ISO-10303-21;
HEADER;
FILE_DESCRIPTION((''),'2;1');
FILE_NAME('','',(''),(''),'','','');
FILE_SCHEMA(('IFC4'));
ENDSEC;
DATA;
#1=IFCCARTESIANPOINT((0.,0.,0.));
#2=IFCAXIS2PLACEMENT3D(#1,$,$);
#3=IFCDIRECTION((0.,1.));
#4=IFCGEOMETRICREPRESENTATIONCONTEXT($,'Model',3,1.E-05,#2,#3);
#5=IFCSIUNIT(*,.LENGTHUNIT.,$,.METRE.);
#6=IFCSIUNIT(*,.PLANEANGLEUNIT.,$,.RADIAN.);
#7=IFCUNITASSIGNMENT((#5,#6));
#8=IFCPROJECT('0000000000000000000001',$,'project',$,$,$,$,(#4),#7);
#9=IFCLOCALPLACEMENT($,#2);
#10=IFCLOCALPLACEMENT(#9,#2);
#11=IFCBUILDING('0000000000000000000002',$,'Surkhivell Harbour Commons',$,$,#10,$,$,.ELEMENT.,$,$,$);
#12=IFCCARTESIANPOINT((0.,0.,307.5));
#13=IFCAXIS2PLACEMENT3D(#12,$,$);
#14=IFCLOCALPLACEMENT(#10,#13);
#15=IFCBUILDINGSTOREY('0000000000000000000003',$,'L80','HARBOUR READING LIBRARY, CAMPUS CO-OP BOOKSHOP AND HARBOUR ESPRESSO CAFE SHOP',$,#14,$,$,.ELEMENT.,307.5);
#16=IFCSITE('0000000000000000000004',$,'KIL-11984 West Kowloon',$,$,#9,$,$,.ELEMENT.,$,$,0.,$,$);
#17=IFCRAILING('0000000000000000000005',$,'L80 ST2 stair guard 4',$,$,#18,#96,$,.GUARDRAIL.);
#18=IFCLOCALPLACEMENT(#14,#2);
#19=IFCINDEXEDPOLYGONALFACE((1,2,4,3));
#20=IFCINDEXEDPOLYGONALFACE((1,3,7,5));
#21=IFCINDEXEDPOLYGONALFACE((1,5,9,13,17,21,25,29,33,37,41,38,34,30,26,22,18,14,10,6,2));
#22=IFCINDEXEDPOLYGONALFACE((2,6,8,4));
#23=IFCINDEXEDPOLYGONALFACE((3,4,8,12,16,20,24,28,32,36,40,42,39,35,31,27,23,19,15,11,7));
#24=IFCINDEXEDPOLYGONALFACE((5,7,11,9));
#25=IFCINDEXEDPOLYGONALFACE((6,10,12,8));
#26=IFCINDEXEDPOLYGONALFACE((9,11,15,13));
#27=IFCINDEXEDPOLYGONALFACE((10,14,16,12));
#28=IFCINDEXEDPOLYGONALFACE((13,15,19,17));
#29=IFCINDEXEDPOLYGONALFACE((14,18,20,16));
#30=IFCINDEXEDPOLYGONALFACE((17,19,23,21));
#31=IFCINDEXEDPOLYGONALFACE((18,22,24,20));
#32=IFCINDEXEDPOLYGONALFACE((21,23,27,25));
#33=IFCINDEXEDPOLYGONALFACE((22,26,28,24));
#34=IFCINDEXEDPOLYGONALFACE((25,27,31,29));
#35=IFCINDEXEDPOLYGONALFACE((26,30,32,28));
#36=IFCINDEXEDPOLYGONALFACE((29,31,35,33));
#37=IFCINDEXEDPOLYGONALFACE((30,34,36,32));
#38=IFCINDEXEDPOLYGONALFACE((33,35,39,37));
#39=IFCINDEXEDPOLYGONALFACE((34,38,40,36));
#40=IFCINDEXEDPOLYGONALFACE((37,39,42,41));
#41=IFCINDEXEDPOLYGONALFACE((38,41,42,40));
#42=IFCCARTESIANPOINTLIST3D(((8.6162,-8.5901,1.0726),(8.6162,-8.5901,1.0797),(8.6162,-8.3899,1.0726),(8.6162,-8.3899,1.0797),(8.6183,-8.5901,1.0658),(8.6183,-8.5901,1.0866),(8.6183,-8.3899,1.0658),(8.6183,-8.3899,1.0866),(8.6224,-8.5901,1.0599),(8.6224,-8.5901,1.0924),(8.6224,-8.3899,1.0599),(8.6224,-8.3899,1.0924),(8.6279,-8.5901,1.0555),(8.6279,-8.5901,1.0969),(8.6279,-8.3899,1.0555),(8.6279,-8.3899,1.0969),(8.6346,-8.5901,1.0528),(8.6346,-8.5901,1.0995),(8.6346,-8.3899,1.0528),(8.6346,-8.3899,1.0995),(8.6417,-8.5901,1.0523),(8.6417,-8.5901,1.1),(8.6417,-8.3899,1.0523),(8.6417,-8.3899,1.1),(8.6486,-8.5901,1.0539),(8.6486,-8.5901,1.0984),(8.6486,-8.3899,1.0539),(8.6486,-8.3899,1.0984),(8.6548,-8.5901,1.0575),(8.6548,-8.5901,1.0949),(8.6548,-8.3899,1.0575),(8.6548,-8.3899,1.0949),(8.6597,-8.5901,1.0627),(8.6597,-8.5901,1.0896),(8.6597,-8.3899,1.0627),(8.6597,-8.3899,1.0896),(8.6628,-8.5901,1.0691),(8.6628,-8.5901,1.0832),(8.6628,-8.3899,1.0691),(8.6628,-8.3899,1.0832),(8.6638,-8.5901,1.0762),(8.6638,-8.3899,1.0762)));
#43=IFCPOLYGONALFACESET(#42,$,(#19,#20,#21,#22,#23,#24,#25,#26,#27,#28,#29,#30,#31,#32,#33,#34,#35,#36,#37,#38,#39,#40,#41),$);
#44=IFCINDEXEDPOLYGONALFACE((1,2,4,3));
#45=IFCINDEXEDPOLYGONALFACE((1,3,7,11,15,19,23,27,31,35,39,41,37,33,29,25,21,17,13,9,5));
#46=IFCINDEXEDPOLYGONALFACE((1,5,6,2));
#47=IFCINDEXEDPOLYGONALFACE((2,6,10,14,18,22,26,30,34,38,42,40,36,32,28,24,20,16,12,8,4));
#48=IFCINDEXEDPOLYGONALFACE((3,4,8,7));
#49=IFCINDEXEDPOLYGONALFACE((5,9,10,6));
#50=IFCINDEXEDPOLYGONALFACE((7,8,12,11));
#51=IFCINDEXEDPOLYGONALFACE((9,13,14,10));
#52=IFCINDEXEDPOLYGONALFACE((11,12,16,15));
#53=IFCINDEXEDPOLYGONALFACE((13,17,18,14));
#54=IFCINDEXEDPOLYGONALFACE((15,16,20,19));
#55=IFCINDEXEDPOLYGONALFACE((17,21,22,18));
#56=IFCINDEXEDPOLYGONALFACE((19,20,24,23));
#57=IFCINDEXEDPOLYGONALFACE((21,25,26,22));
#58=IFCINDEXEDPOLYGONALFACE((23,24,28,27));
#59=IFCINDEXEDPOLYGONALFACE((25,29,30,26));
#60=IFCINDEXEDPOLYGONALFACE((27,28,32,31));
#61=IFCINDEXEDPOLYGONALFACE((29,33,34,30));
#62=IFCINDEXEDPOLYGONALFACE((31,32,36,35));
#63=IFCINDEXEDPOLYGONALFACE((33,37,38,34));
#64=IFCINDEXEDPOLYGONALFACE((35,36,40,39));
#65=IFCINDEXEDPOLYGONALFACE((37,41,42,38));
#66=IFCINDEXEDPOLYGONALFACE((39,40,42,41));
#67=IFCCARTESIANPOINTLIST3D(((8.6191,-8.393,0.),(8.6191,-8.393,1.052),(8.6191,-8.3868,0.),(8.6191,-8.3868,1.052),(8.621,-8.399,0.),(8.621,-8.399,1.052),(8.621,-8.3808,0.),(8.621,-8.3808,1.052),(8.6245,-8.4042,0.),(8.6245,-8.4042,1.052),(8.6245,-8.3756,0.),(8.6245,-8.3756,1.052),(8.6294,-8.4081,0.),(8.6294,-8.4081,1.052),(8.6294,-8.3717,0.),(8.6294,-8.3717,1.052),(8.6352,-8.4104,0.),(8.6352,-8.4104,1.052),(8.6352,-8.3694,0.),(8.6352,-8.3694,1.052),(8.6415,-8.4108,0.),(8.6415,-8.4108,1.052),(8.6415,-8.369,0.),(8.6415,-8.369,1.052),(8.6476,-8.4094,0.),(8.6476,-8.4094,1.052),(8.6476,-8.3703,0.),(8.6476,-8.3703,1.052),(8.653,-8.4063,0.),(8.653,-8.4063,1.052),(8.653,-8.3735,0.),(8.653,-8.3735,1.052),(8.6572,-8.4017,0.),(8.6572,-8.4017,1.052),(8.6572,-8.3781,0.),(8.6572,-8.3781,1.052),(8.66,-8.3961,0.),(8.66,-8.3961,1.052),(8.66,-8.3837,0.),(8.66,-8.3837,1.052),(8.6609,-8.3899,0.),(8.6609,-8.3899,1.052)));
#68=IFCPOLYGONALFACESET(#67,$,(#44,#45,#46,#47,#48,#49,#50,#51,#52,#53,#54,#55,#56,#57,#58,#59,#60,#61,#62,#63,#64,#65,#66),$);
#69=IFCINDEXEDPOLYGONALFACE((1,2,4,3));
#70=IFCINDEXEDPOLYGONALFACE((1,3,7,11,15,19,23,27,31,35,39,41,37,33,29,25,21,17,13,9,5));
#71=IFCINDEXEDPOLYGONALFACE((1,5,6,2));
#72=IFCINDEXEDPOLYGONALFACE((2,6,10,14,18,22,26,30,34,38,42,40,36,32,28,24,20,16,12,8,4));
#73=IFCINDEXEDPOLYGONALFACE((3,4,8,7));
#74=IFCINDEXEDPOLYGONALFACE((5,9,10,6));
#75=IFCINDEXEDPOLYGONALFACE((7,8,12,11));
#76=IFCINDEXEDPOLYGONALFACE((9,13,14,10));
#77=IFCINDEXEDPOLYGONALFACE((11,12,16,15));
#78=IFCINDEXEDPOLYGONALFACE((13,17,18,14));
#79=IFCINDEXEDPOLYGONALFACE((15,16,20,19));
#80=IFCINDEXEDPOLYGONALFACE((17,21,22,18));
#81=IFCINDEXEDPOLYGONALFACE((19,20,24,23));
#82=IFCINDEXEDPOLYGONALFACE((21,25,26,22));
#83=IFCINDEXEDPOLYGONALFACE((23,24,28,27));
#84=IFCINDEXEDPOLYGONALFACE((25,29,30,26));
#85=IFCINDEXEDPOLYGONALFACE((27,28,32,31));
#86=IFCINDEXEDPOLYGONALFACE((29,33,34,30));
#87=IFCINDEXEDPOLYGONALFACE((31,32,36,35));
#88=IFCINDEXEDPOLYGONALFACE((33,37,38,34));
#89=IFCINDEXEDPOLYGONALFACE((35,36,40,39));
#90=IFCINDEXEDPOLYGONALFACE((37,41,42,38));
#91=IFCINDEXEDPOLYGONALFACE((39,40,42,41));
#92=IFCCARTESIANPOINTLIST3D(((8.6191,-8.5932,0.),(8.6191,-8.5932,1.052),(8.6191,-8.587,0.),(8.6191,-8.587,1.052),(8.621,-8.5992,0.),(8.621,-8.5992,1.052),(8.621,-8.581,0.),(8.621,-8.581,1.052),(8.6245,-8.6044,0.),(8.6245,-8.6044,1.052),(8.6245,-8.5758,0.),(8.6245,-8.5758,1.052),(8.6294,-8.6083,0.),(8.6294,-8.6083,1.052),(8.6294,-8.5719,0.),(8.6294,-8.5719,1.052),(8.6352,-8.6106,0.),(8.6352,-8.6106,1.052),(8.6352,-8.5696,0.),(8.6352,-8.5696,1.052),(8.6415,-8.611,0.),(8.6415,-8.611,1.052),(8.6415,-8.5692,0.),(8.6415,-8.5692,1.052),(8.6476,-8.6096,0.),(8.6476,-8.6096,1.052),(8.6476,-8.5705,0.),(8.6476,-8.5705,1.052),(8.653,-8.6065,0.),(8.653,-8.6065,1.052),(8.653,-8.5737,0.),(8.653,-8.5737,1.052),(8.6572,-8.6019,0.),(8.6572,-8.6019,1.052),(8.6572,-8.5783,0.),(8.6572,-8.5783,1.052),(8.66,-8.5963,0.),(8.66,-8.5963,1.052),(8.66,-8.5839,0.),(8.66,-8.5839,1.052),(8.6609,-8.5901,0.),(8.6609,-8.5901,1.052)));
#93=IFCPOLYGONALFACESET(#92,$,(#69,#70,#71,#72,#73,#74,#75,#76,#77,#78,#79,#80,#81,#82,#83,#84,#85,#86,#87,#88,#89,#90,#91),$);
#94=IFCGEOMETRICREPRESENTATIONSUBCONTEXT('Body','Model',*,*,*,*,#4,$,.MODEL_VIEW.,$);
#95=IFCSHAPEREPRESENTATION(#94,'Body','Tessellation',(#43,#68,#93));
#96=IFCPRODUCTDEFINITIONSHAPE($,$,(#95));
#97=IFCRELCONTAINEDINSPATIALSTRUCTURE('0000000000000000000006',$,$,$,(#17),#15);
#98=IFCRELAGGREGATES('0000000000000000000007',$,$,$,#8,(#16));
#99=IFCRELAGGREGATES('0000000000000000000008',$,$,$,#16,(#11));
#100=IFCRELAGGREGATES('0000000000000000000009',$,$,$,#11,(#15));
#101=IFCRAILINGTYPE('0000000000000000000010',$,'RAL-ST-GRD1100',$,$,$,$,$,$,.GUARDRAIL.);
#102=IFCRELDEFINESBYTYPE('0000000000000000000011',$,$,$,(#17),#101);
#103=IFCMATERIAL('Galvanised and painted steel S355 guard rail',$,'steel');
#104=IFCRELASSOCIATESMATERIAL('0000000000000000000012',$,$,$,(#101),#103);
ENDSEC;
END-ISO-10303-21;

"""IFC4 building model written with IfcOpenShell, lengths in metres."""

from ifc_helpers import new_model, si_unit, direction, frame, origin, origin_2d, place, context, subcontext, project, spatial, circle, extrude, material, type_object, element, save


model = new_model("IFC4")

# Units and contexts
model_context = context("Model", 3, precision=1e-05, world=origin(), true_north=direction((0.0, 1.0)))
body_context = subcontext(model_context, "Body", "Model", "MODEL_VIEW")
ifc_project = project(units=[si_unit("LENGTHUNIT", "METRE"), si_unit("PLANEANGLEUNIT", "RADIAN")], contexts=[model_context])

# Site, building, storey
site_placement = place(None, origin())
site = spatial("IfcSite", under=ifc_project, at=site_placement, Name="KIL-11984 West Kowloon", CompositionType="ELEMENT", RefElevation=0.0)
building_placement = place(site_placement, origin())
building = spatial("IfcBuilding", under=site, at=building_placement, Name="Surkhivell Harbour Commons", CompositionType="ELEMENT")
storey_placement = place(building_placement, frame((0.0, 0.0, 307.5)))
storey = spatial("IfcBuildingStorey", under=building, at=storey_placement, Name="L80", Description="HARBOUR READING LIBRARY, CAMPUS CO-OP BOOKSHOP AND HARBOUR ESPRESSO CAFE SHOP", CompositionType="ELEMENT", Elevation=307.5)

# Railing
ifc_material_1 = material(Name="Galvanised and painted steel S355 guard rail", Category="steel")
railing_type_1 = type_object("IfcRailingType", Name="RAL-ST-GRD1100", PredefinedType="GUARDRAIL", material=ifc_material_1)
railing_1_placement = place(storey_placement, frame((8.6399, -8.3899, 0.0)))
element("IfcRailing", 1, at=railing_1_placement, inside=storey, type_object=railing_type_1, Name="L80 ST2 stair guard 4", PredefinedType="GUARDRAIL", context=body_context, shape_type="SweptSolid", body=[
    extrude(circle(Radius=0.0239, at=origin_2d()), frame((0.0, 0.0, 1.0762), z_axis=(0.0, -1.0, 0.0), x_axis=(1.0, 0.0, 0.0)), (0.0, 0.0, 1.0), 0.2002),
    extrude(circle(Radius=0.021, at=origin_2d()), origin(), (0.0, 0.0, 1.0), 1.052),
    extrude(circle(Radius=0.021, at=origin_2d()), frame((0.0, -0.2002, 0.0)), (0.0, 0.0, 1.0), 1.052),
])

save(model, "model.ifc")
